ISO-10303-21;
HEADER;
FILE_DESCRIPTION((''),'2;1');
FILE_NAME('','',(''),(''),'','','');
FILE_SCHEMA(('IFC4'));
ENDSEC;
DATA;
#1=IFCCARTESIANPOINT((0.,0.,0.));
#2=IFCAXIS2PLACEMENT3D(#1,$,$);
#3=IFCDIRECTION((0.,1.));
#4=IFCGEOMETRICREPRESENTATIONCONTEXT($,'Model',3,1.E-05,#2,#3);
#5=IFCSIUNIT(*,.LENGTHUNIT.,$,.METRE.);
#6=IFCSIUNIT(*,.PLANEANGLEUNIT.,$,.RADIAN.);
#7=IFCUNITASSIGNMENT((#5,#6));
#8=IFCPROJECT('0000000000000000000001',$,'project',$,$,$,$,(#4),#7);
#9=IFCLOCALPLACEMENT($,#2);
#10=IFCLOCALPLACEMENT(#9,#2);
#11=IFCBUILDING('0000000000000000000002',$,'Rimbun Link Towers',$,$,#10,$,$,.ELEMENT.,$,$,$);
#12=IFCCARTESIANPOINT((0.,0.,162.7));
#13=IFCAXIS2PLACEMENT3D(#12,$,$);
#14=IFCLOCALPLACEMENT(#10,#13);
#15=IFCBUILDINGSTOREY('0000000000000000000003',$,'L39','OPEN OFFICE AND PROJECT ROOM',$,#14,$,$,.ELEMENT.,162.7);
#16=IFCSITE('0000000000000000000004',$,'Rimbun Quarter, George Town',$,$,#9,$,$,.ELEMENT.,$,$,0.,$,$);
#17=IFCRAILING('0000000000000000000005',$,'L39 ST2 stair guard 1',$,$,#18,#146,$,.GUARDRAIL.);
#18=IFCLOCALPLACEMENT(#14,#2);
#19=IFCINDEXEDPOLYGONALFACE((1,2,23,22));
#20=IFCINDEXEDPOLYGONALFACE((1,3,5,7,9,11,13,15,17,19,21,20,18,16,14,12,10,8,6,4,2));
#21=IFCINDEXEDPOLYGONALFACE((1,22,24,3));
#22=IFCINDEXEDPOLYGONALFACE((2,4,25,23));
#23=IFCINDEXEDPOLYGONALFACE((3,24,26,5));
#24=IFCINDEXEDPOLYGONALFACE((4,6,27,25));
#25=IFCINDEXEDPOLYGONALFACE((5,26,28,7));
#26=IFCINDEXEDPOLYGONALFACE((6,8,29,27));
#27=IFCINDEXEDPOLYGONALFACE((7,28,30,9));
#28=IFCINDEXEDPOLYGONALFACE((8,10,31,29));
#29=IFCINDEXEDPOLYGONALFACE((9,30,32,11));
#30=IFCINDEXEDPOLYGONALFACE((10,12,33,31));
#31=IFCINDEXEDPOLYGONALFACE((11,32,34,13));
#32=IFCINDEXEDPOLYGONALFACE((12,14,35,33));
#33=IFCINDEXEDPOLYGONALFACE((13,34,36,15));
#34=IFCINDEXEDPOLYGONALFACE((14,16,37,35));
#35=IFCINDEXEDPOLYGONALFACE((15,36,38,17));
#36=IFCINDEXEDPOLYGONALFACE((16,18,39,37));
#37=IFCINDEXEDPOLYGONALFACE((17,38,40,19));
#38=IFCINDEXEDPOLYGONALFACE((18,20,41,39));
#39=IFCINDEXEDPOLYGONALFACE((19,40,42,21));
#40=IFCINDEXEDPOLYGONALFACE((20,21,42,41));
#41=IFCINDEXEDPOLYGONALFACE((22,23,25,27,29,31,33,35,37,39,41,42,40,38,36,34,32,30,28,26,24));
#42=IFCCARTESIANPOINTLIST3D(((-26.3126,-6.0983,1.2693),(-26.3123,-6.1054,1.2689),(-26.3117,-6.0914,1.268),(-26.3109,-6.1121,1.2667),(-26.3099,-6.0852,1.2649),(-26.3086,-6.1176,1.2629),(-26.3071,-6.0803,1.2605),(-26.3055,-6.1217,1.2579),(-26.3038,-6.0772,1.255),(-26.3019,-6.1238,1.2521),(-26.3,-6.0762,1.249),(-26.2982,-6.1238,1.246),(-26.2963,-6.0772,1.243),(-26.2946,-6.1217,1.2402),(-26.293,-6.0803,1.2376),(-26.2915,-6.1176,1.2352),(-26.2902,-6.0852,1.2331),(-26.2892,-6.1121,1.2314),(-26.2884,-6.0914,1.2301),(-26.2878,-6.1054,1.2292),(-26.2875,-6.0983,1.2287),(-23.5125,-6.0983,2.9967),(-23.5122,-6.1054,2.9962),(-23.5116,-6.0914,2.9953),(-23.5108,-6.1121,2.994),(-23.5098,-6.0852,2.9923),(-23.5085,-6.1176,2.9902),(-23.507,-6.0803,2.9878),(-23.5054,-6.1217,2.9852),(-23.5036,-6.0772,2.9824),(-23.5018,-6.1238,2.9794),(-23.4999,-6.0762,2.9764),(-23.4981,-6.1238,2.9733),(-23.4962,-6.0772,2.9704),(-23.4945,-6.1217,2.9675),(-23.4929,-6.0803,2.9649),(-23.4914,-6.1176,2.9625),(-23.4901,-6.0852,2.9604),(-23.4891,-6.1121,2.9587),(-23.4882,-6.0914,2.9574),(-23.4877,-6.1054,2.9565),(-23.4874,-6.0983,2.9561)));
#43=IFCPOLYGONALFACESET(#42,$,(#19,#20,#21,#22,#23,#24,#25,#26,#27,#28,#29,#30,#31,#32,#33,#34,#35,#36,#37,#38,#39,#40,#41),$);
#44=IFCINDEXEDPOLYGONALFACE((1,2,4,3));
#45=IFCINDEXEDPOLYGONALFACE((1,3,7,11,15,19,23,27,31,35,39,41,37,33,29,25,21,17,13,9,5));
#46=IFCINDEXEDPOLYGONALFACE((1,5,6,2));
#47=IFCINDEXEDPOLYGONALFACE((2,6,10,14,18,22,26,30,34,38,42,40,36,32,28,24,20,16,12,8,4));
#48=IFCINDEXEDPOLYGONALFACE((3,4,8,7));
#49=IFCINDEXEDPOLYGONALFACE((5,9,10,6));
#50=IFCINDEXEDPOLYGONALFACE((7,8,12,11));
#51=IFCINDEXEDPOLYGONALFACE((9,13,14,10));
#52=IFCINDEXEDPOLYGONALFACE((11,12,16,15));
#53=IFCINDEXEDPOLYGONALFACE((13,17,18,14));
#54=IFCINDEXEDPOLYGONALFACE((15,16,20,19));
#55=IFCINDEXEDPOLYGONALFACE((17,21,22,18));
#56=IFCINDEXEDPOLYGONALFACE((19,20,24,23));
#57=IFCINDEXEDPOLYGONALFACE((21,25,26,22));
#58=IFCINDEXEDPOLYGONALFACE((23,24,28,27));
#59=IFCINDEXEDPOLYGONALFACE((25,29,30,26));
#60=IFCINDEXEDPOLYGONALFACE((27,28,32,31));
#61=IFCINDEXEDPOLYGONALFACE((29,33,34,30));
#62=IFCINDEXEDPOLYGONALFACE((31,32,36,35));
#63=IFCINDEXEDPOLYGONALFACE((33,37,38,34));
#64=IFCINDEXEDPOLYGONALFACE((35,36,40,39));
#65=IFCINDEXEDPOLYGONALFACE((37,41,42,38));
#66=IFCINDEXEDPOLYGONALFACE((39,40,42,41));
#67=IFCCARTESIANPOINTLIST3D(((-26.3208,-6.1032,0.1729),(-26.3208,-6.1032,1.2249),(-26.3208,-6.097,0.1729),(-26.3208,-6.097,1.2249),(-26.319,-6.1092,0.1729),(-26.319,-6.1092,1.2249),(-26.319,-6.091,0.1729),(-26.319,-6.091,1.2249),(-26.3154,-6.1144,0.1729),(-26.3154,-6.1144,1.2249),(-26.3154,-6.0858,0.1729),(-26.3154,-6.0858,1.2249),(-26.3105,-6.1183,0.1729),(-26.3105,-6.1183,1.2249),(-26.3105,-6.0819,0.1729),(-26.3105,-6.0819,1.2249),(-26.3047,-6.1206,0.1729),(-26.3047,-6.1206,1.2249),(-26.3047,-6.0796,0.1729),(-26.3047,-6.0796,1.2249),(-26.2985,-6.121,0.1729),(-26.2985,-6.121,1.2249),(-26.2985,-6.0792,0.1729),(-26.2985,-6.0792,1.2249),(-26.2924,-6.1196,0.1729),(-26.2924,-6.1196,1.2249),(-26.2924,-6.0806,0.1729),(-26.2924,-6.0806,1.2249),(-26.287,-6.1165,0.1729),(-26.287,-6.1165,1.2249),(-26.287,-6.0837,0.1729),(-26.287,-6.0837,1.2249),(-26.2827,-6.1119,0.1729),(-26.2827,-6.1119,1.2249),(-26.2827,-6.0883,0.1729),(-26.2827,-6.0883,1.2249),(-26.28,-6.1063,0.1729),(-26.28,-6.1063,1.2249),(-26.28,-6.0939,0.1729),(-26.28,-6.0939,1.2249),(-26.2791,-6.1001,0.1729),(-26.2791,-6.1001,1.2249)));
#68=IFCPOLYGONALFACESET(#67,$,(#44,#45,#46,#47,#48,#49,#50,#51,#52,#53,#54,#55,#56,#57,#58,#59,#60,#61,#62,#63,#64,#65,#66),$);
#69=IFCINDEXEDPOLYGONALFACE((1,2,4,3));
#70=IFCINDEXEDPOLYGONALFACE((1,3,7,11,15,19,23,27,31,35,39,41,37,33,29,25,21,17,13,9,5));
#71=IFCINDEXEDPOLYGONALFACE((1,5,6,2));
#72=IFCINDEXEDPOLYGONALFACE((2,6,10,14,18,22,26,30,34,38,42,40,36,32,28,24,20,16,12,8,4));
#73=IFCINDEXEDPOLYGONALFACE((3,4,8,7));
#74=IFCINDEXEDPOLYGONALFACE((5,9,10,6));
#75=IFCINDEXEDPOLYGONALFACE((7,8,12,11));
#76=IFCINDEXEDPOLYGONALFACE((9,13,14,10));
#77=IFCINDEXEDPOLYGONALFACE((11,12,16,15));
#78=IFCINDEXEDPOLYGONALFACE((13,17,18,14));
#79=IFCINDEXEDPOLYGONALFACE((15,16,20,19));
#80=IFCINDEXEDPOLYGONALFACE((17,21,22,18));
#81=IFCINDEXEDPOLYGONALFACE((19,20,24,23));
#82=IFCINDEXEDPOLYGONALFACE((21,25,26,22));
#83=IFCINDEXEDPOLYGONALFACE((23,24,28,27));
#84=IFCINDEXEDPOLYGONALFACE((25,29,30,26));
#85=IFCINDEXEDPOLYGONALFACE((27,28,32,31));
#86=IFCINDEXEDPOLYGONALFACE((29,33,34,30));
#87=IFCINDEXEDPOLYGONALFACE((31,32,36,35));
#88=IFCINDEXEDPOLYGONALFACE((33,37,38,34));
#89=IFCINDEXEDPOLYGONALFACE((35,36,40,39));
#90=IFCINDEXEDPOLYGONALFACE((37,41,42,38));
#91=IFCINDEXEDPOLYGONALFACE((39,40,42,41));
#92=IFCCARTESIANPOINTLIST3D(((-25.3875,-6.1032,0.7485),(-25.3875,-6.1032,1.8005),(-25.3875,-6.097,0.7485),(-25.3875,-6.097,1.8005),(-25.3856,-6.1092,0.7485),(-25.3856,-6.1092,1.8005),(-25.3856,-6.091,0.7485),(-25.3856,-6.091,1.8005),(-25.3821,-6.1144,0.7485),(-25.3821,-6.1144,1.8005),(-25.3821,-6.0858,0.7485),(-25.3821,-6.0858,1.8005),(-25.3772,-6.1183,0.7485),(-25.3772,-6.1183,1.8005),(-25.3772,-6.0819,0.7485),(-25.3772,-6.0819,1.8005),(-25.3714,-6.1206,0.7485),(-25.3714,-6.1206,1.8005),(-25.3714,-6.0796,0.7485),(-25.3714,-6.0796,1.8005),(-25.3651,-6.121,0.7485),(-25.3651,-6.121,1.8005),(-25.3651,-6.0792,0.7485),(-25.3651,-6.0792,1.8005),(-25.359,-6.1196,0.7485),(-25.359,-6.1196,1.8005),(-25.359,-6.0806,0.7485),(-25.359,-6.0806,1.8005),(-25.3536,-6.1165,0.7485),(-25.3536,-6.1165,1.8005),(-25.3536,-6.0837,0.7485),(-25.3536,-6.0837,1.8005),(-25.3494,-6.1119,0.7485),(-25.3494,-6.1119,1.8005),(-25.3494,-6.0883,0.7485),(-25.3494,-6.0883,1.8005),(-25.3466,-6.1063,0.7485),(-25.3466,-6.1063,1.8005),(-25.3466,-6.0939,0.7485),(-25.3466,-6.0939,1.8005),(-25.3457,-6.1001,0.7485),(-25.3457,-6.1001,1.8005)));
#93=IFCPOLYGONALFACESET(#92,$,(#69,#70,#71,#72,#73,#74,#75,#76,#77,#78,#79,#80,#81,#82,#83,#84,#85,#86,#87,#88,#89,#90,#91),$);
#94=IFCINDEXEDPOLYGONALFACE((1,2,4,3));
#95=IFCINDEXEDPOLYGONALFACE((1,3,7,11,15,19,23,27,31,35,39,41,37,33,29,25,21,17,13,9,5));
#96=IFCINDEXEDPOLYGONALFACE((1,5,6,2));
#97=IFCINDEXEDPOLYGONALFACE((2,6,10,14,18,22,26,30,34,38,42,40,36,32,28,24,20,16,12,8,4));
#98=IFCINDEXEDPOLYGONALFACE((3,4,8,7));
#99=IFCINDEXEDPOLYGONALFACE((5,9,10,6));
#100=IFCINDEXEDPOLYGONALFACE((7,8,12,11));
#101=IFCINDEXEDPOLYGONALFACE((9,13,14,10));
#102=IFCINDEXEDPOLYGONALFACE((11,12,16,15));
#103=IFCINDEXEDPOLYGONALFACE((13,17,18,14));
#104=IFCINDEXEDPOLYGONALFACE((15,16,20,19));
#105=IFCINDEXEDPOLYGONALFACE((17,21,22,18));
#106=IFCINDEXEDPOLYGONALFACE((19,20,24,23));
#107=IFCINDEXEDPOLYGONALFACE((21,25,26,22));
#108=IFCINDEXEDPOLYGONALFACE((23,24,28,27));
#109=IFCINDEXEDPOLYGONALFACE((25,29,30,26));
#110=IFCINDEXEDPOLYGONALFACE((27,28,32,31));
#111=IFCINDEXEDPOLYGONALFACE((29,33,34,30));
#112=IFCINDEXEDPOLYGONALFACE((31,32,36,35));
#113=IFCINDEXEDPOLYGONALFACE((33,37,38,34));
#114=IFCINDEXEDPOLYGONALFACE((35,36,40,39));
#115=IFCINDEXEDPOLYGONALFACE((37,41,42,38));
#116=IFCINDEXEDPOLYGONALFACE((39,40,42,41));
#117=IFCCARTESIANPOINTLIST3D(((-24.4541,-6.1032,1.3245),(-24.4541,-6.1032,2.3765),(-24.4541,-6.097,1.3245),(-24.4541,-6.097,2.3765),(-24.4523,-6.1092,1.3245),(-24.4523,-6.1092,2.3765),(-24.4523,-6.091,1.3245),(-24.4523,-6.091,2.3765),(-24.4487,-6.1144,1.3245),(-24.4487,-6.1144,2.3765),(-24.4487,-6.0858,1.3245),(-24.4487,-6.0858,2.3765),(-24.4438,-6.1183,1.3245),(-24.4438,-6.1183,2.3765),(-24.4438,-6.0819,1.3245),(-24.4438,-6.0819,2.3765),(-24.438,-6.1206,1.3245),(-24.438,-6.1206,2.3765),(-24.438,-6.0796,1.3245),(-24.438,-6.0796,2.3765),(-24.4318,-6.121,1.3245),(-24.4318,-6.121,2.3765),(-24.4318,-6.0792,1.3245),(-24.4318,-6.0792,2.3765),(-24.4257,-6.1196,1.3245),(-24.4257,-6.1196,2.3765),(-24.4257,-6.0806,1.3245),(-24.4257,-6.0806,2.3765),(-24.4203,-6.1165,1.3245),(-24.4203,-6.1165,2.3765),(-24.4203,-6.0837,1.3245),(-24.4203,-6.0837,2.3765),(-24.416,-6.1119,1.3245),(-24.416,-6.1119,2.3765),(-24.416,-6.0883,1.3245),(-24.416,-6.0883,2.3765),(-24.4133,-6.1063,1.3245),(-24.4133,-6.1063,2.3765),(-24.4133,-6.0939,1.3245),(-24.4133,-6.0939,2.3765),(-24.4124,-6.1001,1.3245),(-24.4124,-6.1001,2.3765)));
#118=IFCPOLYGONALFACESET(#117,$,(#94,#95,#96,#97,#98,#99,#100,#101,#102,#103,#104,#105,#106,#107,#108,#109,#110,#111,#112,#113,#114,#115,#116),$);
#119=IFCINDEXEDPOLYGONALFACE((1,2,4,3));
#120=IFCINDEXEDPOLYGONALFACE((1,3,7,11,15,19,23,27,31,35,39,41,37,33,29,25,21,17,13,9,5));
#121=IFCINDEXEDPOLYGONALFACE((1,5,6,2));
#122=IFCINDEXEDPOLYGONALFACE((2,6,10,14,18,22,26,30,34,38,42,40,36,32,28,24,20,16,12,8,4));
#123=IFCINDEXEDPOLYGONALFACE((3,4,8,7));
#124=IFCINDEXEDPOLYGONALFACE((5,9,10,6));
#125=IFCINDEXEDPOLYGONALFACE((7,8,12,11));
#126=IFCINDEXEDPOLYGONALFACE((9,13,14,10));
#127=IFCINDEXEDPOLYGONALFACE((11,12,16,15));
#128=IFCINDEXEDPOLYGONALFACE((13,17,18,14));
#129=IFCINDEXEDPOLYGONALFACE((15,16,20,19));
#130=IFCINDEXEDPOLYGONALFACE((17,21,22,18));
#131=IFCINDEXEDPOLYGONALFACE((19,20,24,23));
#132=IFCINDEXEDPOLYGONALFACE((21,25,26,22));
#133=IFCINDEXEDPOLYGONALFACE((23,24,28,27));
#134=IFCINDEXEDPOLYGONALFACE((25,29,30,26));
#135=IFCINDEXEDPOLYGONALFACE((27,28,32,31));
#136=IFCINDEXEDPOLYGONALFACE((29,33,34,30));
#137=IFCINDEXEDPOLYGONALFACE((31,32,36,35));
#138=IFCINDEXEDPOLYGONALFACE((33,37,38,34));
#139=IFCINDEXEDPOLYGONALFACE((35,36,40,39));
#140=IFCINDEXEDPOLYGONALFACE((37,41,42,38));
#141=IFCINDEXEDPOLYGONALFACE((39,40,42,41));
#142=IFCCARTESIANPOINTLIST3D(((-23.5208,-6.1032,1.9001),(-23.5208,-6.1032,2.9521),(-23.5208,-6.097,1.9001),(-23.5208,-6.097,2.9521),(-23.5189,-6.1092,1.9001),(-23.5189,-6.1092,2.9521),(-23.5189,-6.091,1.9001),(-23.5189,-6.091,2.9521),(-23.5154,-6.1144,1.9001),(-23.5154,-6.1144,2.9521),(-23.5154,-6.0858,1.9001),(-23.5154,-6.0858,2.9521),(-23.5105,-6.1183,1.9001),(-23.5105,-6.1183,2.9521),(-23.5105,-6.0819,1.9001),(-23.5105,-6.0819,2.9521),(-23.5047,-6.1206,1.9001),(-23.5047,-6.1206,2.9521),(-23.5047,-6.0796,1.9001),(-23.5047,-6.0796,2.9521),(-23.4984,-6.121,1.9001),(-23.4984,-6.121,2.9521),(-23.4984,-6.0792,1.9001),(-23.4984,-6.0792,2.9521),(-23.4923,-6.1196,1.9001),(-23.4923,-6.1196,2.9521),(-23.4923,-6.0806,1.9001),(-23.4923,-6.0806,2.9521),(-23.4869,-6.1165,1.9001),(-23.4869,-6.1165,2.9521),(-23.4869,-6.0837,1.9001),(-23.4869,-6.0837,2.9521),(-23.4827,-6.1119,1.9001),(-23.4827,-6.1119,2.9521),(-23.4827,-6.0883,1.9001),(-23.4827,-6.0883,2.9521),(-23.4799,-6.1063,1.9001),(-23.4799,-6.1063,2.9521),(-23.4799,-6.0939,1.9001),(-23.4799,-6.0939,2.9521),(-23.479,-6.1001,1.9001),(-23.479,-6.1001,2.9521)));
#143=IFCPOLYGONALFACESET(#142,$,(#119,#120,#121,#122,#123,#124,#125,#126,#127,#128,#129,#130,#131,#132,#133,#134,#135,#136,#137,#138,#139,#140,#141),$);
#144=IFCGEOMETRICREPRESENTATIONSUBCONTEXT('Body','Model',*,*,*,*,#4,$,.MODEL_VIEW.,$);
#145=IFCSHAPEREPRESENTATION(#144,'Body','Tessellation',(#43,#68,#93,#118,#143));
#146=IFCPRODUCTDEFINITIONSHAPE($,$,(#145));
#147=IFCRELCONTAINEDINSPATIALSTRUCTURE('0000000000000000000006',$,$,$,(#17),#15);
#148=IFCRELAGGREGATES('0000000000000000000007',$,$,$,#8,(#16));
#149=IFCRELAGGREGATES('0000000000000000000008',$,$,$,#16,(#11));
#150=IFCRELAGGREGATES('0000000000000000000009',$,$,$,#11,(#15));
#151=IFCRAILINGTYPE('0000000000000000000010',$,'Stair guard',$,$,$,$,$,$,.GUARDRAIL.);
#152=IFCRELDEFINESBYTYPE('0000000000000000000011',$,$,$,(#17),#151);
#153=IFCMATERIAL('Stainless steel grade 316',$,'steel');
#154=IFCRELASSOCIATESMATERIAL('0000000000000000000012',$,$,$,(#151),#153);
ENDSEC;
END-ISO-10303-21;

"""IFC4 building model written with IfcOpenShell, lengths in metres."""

from ifc_helpers import new_model, si_unit, direction, frame, origin, origin_2d, place, context, subcontext, project, spatial, circle, extrude, material, type_object, element, save


model = new_model("IFC4")

# Units and contexts
model_context = context("Model", 3, precision=1e-05, world=origin(), true_north=direction((0.0, 1.0)))
body_context = subcontext(model_context, "Body", "Model", "MODEL_VIEW")
ifc_project = project(units=[si_unit("LENGTHUNIT", "METRE"), si_unit("PLANEANGLEUNIT", "RADIAN")], contexts=[model_context])

# Site, building, storey
site_placement = place(None, origin())
site = spatial("IfcSite", under=ifc_project, at=site_placement, Name="Rimbun Quarter, George Town", CompositionType="ELEMENT", RefElevation=0.0)
building_placement = place(site_placement, origin())
building = spatial("IfcBuilding", under=site, at=building_placement, Name="Rimbun Link Towers", CompositionType="ELEMENT")
storey_placement = place(building_placement, frame((0.0, 0.0, 162.7)))
storey = spatial("IfcBuildingStorey", under=building, at=storey_placement, Name="L39", Description="OPEN OFFICE AND PROJECT ROOM", CompositionType="ELEMENT", Elevation=162.7)

# Railing
ifc_material_1 = material(Name="Stainless steel grade 316", Category="steel")
railing_type_1 = type_object("IfcRailingType", Name="Stair guard", PredefinedType="GUARDRAIL", material=ifc_material_1)
railing_1_placement = place(storey_placement, frame((-26.3, -6.1001, 0.1729)))
element("IfcRailing", 1, at=railing_1_placement, inside=storey, type_object=railing_type_1, Name="L39 ST2 stair guard 1", PredefinedType="GUARDRAIL", context=body_context, shape_type="SweptSolid", body=[
    extrude(circle(Radius=0.0239, at=origin_2d()), frame((0.0, 0.0, 1.0762), z_axis=(0.85109, 0.0, 0.52502), x_axis=(0.0, 1.0, 0.0)), (0.0, 0.0, 1.0), 3.29),
    extrude(circle(Radius=0.021, at=origin_2d()), origin(), (0.0, 0.0, 1.0), 1.052),
    extrude(circle(Radius=0.021, at=origin_2d()), frame((0.9333, 0.0, 0.5757)), (0.0, 0.0, 1.0), 1.052),
    extrude(circle(Radius=0.021, at=origin_2d()), frame((1.8667, 0.0, 1.1516)), (0.0, 0.0, 1.0), 1.052),
    extrude(circle(Radius=0.021, at=origin_2d()), frame((2.8, 0.0, 1.7273)), (0.0, 0.0, 1.0), 1.052),
])

save(model, "model.ifc")
